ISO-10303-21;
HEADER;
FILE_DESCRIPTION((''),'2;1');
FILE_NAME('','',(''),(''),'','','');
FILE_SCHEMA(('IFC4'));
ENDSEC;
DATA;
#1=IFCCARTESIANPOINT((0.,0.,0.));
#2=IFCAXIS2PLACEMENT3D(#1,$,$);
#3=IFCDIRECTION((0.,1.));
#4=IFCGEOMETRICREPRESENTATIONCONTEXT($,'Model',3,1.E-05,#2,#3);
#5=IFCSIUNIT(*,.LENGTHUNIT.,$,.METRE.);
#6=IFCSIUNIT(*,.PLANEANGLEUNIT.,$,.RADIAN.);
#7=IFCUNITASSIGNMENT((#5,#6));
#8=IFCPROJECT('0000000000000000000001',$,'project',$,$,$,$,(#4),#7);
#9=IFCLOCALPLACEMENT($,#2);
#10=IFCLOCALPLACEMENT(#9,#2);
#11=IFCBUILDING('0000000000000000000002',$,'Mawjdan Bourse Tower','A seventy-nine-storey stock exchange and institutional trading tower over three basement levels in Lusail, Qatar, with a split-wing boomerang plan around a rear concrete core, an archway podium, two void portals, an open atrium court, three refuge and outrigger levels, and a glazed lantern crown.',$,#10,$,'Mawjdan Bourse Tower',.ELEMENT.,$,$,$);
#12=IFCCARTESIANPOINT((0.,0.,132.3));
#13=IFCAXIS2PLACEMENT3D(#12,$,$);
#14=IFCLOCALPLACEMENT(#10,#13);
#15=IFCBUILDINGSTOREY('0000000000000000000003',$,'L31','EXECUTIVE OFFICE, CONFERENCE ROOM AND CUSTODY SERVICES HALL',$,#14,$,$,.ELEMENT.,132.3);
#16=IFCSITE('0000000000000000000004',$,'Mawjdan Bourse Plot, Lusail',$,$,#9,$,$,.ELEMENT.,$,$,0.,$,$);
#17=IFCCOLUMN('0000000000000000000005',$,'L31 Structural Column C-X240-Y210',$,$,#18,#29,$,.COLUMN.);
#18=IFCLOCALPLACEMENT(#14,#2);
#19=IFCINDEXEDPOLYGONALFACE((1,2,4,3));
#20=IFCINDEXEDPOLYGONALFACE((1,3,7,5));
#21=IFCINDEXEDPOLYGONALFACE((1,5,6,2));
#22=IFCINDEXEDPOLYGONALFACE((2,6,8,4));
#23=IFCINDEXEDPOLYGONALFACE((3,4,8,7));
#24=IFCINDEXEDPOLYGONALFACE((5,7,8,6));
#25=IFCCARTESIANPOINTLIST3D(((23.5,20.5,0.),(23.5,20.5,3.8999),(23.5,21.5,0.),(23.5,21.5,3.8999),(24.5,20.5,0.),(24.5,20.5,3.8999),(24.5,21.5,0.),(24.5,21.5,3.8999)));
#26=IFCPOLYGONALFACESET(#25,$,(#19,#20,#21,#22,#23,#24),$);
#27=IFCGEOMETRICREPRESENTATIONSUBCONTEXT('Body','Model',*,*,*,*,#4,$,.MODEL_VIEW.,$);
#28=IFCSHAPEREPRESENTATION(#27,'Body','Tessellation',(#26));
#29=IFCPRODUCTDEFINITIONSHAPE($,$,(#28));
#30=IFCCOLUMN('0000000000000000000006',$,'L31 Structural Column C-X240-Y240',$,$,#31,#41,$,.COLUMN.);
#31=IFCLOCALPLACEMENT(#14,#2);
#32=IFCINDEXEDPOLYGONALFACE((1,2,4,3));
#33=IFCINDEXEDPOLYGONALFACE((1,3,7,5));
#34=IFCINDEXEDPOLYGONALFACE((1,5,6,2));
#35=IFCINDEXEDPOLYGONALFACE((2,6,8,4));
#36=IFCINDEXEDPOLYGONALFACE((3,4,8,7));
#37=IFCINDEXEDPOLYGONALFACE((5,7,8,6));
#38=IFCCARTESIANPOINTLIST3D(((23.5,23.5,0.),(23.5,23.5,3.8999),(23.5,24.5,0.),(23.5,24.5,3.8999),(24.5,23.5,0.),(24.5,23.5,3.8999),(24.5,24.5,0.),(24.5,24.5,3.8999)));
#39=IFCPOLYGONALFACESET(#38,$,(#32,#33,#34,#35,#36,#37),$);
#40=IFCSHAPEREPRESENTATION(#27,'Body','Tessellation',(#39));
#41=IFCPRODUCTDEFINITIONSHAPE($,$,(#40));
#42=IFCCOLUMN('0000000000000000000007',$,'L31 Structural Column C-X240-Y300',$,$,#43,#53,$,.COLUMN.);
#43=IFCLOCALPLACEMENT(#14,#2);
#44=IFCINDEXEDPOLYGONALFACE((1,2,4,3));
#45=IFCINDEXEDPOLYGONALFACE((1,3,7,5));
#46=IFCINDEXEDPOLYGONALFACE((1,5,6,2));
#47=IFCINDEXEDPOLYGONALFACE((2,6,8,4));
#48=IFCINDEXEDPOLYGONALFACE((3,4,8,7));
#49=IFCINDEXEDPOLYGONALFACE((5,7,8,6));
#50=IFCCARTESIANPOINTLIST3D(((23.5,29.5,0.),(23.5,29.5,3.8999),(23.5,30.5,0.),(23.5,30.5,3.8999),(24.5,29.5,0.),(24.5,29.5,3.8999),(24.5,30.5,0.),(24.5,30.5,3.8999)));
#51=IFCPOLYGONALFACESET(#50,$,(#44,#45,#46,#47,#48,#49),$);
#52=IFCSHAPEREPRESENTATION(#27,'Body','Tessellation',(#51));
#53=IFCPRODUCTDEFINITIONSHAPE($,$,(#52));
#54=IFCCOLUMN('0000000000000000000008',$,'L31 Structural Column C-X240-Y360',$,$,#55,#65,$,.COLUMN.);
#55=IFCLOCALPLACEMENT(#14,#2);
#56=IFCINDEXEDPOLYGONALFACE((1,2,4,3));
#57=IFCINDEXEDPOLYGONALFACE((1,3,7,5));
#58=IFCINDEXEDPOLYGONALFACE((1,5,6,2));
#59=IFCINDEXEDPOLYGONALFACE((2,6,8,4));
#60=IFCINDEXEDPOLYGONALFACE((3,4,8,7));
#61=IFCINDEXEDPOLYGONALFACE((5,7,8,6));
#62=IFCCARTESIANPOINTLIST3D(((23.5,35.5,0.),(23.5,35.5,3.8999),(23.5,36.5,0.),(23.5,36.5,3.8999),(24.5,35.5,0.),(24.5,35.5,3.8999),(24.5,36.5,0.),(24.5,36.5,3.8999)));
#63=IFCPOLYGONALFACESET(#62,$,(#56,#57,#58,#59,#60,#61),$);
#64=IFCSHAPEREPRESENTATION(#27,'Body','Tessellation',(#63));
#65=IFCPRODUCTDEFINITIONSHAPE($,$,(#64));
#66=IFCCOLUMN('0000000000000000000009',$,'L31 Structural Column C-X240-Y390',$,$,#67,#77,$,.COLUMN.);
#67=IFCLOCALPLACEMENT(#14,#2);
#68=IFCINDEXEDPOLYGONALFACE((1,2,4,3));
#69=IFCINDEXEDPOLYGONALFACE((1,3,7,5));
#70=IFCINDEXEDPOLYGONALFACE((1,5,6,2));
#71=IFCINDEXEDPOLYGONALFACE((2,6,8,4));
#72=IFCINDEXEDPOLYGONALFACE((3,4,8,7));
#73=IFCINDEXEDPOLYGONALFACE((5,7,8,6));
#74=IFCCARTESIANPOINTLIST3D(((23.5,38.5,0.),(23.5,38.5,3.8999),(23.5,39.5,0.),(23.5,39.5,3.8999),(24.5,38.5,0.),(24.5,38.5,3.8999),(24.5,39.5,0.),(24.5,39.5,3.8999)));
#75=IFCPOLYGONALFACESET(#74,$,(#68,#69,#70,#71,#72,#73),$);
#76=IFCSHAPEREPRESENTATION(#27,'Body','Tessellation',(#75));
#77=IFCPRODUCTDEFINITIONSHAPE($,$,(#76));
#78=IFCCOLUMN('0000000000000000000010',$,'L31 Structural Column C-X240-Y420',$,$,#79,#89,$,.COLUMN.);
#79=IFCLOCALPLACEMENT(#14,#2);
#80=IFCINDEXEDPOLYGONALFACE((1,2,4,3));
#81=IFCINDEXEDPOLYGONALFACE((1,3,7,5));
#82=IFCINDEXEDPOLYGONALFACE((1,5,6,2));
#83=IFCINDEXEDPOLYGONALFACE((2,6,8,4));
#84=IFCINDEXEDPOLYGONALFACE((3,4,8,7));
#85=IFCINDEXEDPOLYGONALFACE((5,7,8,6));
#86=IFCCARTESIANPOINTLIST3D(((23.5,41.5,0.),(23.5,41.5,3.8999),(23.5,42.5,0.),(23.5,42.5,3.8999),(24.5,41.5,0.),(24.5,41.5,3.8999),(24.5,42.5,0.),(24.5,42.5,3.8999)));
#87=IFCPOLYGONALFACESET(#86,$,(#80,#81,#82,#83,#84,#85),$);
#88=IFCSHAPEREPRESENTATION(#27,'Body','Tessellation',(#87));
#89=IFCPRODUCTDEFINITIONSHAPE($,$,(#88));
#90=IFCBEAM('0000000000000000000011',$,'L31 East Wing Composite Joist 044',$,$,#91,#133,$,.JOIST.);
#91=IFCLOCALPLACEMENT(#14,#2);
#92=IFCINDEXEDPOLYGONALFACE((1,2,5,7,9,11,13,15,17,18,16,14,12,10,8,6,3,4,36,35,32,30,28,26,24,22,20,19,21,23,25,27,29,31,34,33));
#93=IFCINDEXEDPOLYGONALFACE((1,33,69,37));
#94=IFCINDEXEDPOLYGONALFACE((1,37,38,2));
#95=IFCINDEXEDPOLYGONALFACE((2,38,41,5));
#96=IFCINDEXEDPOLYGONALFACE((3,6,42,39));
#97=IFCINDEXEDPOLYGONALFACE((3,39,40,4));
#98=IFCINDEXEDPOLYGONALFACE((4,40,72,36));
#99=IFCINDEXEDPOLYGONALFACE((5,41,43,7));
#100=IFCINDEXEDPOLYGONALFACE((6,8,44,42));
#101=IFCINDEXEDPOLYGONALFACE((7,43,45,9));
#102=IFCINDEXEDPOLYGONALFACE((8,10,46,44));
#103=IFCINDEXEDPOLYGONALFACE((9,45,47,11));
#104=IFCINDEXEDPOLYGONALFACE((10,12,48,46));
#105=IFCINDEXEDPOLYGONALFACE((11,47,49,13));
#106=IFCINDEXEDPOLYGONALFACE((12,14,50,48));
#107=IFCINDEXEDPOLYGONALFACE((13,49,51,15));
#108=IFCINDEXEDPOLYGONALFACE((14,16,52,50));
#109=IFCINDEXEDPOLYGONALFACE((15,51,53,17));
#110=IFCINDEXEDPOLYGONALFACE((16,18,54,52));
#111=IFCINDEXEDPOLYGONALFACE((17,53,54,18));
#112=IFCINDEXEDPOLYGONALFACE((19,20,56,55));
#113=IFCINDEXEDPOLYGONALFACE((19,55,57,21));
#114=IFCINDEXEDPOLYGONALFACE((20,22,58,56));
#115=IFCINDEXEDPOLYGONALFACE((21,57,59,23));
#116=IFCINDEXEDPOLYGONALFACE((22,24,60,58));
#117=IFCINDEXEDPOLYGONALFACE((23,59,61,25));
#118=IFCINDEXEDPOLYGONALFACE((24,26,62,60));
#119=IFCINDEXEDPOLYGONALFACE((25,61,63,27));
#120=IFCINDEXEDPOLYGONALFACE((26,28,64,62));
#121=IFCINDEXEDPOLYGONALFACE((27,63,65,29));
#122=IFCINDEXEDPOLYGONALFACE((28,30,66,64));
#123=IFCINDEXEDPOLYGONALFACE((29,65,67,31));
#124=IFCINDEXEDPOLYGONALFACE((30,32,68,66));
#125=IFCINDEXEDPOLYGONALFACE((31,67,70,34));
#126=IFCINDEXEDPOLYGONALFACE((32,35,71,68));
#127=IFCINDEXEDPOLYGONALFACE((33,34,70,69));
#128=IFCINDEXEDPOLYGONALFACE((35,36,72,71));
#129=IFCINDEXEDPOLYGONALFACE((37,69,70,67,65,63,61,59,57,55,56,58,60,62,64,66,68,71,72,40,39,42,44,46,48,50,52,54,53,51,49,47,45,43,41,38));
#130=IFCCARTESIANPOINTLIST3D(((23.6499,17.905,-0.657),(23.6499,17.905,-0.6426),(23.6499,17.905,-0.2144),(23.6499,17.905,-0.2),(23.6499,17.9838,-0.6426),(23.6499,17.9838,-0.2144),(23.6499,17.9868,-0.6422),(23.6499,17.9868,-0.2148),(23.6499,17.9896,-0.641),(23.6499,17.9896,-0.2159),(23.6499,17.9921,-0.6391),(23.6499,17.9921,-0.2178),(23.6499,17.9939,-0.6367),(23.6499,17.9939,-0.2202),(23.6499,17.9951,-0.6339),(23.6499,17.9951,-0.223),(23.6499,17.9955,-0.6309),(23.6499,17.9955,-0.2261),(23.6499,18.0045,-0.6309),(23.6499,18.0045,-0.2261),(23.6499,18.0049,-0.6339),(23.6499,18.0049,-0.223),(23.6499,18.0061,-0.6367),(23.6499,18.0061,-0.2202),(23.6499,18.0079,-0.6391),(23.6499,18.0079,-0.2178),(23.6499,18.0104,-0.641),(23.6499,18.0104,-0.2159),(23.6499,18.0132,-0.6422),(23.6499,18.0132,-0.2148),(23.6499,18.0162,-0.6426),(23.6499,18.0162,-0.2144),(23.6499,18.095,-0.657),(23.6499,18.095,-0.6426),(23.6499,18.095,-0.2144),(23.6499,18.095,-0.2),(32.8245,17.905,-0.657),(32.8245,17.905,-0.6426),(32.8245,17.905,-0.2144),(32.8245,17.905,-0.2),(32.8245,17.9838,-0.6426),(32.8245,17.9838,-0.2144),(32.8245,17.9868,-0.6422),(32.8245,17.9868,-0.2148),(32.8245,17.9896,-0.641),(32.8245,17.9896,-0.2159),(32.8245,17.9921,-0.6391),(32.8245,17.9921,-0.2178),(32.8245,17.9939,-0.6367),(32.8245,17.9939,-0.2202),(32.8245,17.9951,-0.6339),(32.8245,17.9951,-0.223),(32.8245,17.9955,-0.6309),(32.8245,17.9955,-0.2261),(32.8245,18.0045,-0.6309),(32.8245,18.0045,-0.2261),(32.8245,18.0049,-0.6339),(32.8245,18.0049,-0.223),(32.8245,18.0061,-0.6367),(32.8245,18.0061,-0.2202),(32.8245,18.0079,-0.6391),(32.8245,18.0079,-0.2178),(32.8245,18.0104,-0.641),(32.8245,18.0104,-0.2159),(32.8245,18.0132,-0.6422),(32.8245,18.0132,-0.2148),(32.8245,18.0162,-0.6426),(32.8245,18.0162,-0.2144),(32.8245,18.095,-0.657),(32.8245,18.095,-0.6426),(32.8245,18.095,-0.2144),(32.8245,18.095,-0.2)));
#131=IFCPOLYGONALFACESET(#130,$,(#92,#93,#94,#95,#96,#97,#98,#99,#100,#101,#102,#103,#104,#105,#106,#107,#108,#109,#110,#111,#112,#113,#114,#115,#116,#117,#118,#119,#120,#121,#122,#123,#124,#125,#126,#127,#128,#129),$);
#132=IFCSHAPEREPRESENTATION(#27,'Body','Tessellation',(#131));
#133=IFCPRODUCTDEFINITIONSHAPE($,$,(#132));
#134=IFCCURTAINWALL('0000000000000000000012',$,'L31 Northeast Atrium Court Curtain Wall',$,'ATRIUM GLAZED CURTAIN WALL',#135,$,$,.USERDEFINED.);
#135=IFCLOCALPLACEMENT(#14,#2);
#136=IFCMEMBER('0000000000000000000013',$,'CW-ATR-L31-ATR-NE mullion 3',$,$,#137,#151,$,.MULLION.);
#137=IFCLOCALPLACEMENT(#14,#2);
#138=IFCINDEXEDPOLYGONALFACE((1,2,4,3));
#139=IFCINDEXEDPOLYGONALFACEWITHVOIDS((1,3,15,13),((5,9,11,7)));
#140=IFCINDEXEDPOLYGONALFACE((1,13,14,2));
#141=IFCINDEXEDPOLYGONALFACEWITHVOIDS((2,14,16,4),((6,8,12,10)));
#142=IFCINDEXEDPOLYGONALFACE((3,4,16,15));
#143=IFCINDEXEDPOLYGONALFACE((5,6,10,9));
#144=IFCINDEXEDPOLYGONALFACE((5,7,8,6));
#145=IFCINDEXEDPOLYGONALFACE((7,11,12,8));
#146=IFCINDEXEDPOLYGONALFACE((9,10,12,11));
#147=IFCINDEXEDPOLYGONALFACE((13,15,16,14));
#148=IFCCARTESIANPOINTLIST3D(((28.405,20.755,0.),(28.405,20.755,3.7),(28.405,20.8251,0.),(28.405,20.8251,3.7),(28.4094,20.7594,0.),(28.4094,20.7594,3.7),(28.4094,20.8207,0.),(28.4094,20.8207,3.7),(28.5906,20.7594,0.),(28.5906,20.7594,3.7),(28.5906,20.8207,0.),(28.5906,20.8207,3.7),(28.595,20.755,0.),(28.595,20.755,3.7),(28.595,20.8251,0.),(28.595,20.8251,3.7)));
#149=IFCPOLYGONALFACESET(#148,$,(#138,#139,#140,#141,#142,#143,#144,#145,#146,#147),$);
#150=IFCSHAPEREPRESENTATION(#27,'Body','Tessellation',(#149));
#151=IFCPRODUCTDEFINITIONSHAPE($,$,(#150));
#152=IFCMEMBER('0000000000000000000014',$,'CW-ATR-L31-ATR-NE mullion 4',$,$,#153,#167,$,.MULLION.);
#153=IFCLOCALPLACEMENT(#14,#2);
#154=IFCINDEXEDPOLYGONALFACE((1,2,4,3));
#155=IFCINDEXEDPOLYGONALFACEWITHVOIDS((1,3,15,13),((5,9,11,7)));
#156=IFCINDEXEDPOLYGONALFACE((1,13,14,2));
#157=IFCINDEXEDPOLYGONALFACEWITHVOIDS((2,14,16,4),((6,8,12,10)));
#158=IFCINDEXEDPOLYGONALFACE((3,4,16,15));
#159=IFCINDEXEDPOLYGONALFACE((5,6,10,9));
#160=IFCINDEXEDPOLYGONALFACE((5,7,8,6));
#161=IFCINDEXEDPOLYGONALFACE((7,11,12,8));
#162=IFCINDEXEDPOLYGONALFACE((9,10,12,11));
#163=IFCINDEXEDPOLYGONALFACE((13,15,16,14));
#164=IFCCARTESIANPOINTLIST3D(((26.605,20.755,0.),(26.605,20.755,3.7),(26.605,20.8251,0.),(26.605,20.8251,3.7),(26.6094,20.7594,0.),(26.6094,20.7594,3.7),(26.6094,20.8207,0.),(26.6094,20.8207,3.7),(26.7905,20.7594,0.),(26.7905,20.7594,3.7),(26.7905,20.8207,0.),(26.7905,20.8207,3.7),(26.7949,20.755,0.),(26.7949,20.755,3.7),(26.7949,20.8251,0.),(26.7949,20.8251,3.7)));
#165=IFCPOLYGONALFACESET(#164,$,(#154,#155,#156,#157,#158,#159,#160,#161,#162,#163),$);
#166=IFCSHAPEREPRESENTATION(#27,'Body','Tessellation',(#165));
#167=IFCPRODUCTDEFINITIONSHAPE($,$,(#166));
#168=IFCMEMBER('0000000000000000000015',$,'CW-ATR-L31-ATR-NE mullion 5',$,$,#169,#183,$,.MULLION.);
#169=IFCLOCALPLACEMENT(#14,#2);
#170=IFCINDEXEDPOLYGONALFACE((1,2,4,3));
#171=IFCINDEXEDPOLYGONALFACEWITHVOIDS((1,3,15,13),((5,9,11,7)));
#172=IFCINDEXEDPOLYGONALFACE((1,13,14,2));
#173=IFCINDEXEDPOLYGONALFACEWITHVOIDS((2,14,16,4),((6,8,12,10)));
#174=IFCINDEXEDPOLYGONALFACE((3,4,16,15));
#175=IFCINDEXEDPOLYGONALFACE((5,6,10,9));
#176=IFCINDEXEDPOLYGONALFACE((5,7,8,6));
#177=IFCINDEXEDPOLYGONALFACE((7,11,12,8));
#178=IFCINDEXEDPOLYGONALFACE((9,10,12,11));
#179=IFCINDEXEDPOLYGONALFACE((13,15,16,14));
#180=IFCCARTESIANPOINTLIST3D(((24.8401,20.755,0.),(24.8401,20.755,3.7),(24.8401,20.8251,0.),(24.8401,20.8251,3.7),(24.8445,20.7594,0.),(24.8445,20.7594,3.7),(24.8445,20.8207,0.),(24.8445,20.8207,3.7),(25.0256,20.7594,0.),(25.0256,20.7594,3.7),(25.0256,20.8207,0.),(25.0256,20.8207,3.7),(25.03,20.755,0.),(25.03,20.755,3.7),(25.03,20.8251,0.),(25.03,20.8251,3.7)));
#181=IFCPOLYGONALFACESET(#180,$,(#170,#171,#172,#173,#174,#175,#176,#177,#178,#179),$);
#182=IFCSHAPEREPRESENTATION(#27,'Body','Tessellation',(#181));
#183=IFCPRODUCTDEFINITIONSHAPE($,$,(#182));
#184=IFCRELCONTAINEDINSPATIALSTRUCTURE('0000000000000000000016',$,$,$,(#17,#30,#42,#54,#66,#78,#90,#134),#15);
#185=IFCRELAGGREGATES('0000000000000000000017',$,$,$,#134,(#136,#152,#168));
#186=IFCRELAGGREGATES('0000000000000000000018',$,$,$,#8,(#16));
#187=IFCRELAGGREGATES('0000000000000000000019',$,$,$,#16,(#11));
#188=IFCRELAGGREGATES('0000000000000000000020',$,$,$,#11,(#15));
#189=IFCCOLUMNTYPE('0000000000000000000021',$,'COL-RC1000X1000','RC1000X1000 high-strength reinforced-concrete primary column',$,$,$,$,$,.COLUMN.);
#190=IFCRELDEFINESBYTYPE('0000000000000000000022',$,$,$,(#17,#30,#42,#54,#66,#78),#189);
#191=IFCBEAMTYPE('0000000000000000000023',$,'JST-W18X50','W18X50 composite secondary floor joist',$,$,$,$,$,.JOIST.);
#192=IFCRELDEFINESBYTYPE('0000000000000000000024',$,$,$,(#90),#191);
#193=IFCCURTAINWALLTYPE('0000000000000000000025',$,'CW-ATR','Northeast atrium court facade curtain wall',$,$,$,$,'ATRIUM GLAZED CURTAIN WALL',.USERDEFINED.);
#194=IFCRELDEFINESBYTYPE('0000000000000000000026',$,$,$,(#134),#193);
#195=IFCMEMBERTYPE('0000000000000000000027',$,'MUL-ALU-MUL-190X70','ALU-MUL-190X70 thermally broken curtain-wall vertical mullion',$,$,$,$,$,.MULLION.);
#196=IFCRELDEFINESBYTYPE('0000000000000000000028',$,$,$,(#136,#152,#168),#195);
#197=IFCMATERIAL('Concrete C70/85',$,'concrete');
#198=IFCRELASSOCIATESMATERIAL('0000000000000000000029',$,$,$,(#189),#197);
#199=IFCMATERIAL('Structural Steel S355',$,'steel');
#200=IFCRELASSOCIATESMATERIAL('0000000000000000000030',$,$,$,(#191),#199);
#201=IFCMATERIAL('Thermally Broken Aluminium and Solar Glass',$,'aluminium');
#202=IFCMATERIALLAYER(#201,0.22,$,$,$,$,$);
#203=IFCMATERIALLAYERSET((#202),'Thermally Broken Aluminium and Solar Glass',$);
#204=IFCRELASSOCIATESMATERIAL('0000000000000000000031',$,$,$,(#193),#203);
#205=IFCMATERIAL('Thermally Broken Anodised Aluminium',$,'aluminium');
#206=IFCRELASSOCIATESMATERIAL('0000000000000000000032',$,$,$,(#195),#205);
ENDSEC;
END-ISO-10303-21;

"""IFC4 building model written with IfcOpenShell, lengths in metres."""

from ifc_helpers import new_model, si_unit, direction, frame, origin, origin_2d, place, context, subcontext, project, spatial, rectangle, hollow_rectangle, i_section, extrude, material, layer, layer_set, material_profile, profile_set, type_object, element, aggregate, save


model = new_model("IFC4")

# Units and contexts
model_context = context("Model", 3, precision=1e-05, world=origin(), true_north=direction((0.0, 1.0)))
body_context = subcontext(model_context, "Body", "Model", "MODEL_VIEW")
ifc_project = project(units=[si_unit("LENGTHUNIT", "METRE"), si_unit("PLANEANGLEUNIT", "RADIAN")], contexts=[model_context])

# Site, building, storey
site_placement = place(None, origin())
site = spatial("IfcSite", under=ifc_project, at=site_placement, Name="Mawjdan Bourse Plot, Lusail", CompositionType="ELEMENT", RefElevation=0.0)
building_placement = place(site_placement, origin())
building = spatial("IfcBuilding", under=site, at=building_placement, Name="Mawjdan Bourse Tower", Description="A seventy-nine-storey stock exchange and institutional trading tower over three basement levels in Lusail, Qatar, with a split-wing boomerang plan around a rear concrete core, an archway podium, two void portals, an open atrium court, three refuge and outrigger levels, and a glazed lantern crown.", LongName="Mawjdan Bourse Tower", CompositionType="ELEMENT")
storey_placement = place(building_placement, frame((0.0, 0.0, 132.3)))
storey = spatial("IfcBuildingStorey", under=building, at=storey_placement, Name="L31", Description="EXECUTIVE OFFICE, CONFERENCE ROOM AND CUSTODY SERVICES HALL", CompositionType="ELEMENT", Elevation=132.3)

# Columns
ifc_material_1 = material(Name="Concrete C70/85", Category="concrete")
ifc_material_profile_1 = material_profile(ifc_material_1, rectangle(XDim=1.0, YDim=1.0, at=origin_2d()), Name="RC1000X1000")
ifc_profile_set_1 = profile_set([ifc_material_profile_1], Name="Concrete C70/85")
column_type = type_object("IfcColumnType", Name="COL-RC1000X1000", Description="RC1000X1000 high-strength reinforced-concrete primary column", PredefinedType="COLUMN", material=ifc_profile_set_1)
for number, where, z_axis, x_axis, name in (
    (1, (24.0, 21.0, 0.0), (0.0, 0.0, 1.0), (1.0, 0.0, 0.0), "L31 Structural Column C-X240-Y210"),
    (2, (24.0, 24.0, 0.0), (0.0, 0.0, 1.0), (1.0, 0.0, 0.0), "L31 Structural Column C-X240-Y240"),
    (3, (24.0, 30.0, 0.0), (0.0, 0.0, 1.0), (1.0, 0.0, 0.0), "L31 Structural Column C-X240-Y300"),
    (4, (24.0, 36.0, 0.0), (0.0, 0.0, 1.0), (1.0, 0.0, 0.0), "L31 Structural Column C-X240-Y360"),
    (5, (24.0, 39.0, 0.0), (0.0, 0.0, 1.0), (1.0, 0.0, 0.0), "L31 Structural Column C-X240-Y390"),
    (6, (24.0, 42.0, 0.0), (0.0, 0.0, 1.0), (1.0, 0.0, 0.0), "L31 Structural Column C-X240-Y420"),
):
    element("IfcColumn", number, at=place(storey_placement, frame(where, z_axis=z_axis, x_axis=x_axis)), inside=storey, type_object=column_type, Name=name, PredefinedType="COLUMN", context=body_context, shape_type="SweptSolid", body=[
        extrude(rectangle(XDim=1.0, YDim=1.0, at=origin_2d()), origin(), (0.0, 0.0, 1.0), 3.8999),
    ])

# Beam
ifc_material_2 = material(Name="Structural Steel S355", Category="steel")
ifc_material_profile_2 = material_profile(ifc_material_2, i_section(OverallWidth=0.1899, OverallDepth=0.457, WebThickness=0.009, FlangeThickness=0.0144, FilletRadius=0.0117, at=origin_2d()), Name="W18X50")
ifc_profile_set_2 = profile_set([ifc_material_profile_2], Name="Structural Steel S355")
beam_type_1 = type_object("IfcBeamType", Name="JST-W18X50", Description="W18X50 composite secondary floor joist", PredefinedType="JOIST", material=ifc_profile_set_2)
beam_1_placement = place(storey_placement, frame((23.6499, 18.0, -0.4285), z_axis=(1.0, 0.0, 0.0), x_axis=(0.0, 1.0, 0.0)))
element("IfcBeam", 7, at=beam_1_placement, inside=storey, type_object=beam_type_1, Name="L31 East Wing Composite Joist 044", PredefinedType="JOIST", context=body_context, shape_type="SweptSolid", body=[
    extrude(i_section(OverallWidth=0.1899, OverallDepth=0.457, WebThickness=0.009, FlangeThickness=0.0144, FilletRadius=0.0117, at=origin_2d()), origin(), (0.0, 0.0, 1.0), 9.1746),
])

# Curtain wall, members
ifc_material_3 = material(Name="Thermally Broken Aluminium and Solar Glass", Category="aluminium")
ifc_layer_1 = layer(ifc_material_3, 0.22)
ifc_layer_set_1 = layer_set([ifc_layer_1], Name="Thermally Broken Aluminium and Solar Glass")
curtain_wall_type = type_object("IfcCurtainWallType", Name="CW-ATR", Description="Northeast atrium court facade curtain wall", ElementType="ATRIUM GLAZED CURTAIN WALL", PredefinedType="USERDEFINED", material=ifc_layer_set_1)
curtain_wall_placement = place(storey_placement, origin())
curtain_wall = element("IfcCurtainWall", 8, at=curtain_wall_placement, inside=storey, type_object=curtain_wall_type, Name="L31 Northeast Atrium Court Curtain Wall", ObjectType="ATRIUM GLAZED CURTAIN WALL", PredefinedType="USERDEFINED")
ifc_material_4 = material(Name="Thermally Broken Anodised Aluminium", Category="aluminium")
ifc_material_profile_3 = material_profile(ifc_material_4, hollow_rectangle(XDim=0.0701, YDim=0.1899, WallThickness=0.0044, at=origin_2d()), Name="ALU-MUL-190X70")
ifc_profile_set_3 = profile_set([ifc_material_profile_3], Name="Thermally Broken Anodised Aluminium")
member_type_1 = type_object("IfcMemberType", Name="MUL-ALU-MUL-190X70", Description="ALU-MUL-190X70 thermally broken curtain-wall vertical mullion", PredefinedType="MULLION", material=ifc_profile_set_3)
member_1_placement = place(storey_placement, frame((28.5, 20.79, 0.0), z_axis=(0.0, 0.0, 1.0), x_axis=(0.0, -1.0, 0.0)))
member_1 = element("IfcMember", 9, at=member_1_placement, type_object=member_type_1, Name="CW-ATR-L31-ATR-NE mullion 3", PredefinedType="MULLION", context=body_context, shape_type="SweptSolid", body=[
    extrude(hollow_rectangle(XDim=0.0701, YDim=0.1899, WallThickness=0.0044, at=origin_2d()), origin(), (0.0, 0.0, 1.0), 3.7),
])
member_2_placement = place(storey_placement, frame((26.7, 20.79, 0.0), z_axis=(0.0, 0.0, 1.0), x_axis=(0.0, -1.0, 0.0)))
member_2 = element("IfcMember", 10, at=member_2_placement, type_object=member_type_1, Name="CW-ATR-L31-ATR-NE mullion 4", PredefinedType="MULLION", context=body_context, shape_type="SweptSolid", body=[
    extrude(hollow_rectangle(XDim=0.0701, YDim=0.1899, WallThickness=0.0044, at=origin_2d()), origin(), (0.0, 0.0, 1.0), 3.7),
])
member_3_placement = place(storey_placement, frame((24.9351, 20.79, 0.0), z_axis=(0.0, 0.0, 1.0), x_axis=(0.0, -1.0, 0.0)))
member_3 = element("IfcMember", 11, at=member_3_placement, type_object=member_type_1, Name="CW-ATR-L31-ATR-NE mullion 5", PredefinedType="MULLION", context=body_context, shape_type="SweptSolid", body=[
    extrude(hollow_rectangle(XDim=0.0701, YDim=0.1899, WallThickness=0.0044, at=origin_2d()), origin(), (0.0, 0.0, 1.0), 3.7),
])

aggregate(curtain_wall, [member_1, member_2, member_3])

save(model, "model.ifc")
